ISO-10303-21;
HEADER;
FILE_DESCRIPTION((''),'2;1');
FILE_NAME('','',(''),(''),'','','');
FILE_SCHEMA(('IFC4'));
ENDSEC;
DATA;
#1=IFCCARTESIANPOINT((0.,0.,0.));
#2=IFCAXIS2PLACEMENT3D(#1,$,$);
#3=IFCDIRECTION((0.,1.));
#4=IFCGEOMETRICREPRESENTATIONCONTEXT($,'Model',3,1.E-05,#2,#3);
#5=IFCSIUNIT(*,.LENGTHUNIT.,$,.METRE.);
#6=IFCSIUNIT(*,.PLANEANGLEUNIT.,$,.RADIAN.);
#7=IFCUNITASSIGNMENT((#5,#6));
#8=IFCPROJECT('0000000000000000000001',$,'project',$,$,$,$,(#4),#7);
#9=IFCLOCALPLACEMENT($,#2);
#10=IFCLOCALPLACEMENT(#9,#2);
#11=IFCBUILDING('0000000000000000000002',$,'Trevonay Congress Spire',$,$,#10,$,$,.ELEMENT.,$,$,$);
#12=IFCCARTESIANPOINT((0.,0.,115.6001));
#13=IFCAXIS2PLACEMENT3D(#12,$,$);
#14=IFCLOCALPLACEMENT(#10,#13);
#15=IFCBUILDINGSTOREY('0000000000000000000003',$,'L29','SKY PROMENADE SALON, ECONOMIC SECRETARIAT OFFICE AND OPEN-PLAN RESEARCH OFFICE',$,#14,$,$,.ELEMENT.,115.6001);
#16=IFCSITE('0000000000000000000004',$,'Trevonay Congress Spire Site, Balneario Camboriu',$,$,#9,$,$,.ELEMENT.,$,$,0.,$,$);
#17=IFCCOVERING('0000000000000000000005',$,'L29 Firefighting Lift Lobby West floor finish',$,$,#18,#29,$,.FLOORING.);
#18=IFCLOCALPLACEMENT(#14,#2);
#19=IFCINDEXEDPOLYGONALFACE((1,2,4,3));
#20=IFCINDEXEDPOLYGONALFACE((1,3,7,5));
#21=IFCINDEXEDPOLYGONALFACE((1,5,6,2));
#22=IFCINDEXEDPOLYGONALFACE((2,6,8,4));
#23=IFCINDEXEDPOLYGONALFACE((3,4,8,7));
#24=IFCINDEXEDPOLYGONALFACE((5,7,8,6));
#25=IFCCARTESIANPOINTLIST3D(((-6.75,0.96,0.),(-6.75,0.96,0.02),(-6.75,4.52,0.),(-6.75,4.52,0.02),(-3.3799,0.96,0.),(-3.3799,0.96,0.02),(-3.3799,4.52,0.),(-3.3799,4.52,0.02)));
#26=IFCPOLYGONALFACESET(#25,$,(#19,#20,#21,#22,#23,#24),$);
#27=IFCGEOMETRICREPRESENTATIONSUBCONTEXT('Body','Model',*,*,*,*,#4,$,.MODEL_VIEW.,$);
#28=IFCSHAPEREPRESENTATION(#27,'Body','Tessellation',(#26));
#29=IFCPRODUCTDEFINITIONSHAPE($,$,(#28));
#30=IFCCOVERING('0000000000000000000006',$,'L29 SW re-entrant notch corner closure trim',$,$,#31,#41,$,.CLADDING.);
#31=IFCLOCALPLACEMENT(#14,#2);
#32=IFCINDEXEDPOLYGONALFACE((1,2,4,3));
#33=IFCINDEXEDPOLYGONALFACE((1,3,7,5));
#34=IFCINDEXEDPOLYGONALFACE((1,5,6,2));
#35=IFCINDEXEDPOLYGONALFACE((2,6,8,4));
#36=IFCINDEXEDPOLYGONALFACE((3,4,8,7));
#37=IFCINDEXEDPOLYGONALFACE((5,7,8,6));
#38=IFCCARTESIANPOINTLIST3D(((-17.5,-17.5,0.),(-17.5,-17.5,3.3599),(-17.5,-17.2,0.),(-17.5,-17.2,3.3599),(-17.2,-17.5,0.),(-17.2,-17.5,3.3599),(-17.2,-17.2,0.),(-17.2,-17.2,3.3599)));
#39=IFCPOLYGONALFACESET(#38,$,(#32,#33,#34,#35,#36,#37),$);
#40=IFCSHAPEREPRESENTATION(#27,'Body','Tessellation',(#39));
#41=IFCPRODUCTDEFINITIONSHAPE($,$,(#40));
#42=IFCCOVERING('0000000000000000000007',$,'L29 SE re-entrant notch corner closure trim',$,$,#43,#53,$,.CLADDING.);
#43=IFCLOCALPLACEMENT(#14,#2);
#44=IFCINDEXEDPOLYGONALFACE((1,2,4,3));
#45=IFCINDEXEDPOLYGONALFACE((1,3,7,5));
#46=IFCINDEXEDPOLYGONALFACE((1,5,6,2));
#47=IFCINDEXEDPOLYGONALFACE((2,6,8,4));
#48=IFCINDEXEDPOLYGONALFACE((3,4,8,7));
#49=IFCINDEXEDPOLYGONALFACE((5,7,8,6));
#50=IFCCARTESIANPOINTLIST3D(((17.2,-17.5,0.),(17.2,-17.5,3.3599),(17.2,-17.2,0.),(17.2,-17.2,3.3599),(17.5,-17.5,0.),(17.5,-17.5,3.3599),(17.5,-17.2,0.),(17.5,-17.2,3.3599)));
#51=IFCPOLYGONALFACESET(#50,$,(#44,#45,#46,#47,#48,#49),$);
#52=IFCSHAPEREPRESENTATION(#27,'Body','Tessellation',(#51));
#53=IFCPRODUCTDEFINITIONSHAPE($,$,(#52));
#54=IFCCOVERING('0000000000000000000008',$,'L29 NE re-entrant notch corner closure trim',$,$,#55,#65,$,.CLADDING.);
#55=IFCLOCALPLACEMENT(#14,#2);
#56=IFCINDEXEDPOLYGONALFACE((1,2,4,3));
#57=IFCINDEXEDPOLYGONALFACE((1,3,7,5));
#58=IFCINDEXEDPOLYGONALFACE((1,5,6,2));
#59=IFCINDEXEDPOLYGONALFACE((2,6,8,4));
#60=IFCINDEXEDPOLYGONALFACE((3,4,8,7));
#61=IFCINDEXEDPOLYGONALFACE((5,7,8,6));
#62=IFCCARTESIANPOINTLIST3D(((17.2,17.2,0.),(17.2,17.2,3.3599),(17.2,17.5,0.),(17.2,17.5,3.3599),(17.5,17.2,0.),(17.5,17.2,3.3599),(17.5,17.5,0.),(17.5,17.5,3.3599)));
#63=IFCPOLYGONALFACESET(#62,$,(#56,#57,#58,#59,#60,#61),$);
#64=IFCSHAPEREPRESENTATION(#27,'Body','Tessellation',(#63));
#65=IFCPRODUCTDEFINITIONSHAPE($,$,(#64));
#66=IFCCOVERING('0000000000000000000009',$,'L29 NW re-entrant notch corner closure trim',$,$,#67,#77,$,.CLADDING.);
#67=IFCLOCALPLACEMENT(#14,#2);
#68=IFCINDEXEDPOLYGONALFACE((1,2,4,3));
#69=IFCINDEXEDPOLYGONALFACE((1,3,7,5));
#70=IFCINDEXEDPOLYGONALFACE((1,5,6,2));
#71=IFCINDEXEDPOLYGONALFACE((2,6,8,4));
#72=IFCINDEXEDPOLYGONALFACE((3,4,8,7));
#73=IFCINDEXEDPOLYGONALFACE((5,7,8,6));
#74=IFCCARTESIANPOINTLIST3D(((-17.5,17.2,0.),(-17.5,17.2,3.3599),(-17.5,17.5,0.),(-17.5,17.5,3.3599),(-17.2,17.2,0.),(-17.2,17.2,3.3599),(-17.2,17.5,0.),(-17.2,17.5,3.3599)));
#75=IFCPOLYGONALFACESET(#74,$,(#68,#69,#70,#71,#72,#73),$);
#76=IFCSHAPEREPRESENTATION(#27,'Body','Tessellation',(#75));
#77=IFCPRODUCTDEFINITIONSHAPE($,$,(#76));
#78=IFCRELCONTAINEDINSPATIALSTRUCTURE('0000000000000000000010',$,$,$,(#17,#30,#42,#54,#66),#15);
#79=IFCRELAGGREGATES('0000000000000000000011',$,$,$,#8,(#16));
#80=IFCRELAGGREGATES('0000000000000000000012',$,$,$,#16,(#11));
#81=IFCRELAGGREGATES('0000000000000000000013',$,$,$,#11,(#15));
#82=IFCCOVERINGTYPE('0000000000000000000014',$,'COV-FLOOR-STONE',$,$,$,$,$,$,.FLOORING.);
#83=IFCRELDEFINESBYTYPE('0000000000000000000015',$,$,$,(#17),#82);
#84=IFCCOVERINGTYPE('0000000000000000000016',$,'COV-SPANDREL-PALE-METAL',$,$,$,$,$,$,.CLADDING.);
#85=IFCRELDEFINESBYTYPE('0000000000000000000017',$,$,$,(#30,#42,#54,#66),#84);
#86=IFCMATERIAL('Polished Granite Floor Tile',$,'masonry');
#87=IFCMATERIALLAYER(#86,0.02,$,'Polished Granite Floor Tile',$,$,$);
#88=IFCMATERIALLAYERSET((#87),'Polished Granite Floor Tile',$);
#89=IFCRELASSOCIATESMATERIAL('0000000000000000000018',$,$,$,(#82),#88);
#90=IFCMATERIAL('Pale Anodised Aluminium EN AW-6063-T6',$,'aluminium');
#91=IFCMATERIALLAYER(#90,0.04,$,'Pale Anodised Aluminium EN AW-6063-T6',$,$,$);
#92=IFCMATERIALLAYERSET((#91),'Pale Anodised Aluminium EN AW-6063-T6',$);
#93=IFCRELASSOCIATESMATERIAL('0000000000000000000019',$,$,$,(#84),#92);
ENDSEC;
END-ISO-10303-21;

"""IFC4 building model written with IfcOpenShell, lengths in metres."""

from ifc_helpers import new_model, si_unit, direction, frame, origin, place, context, subcontext, project, spatial, polyline, outline, extrude, material, layer, layer_set, type_object, element, save


model = new_model("IFC4")

# Units and contexts
model_context = context("Model", 3, precision=1e-05, world=origin(), true_north=direction((0.0, 1.0)))
body_context = subcontext(model_context, "Body", "Model", "MODEL_VIEW")
ifc_project = project(units=[si_unit("LENGTHUNIT", "METRE"), si_unit("PLANEANGLEUNIT", "RADIAN")], contexts=[model_context])

# Site, building, storey
site_placement = place(None, origin())
site = spatial("IfcSite", under=ifc_project, at=site_placement, Name="Trevonay Congress Spire Site, Balneario Camboriu", CompositionType="ELEMENT", RefElevation=0.0)
building_placement = place(site_placement, origin())
building = spatial("IfcBuilding", under=site, at=building_placement, Name="Trevonay Congress Spire", CompositionType="ELEMENT")
storey_placement = place(building_placement, frame((0.0, 0.0, 115.6001)))
storey = spatial("IfcBuildingStorey", under=building, at=storey_placement, Name="L29", Description="SKY PROMENADE SALON, ECONOMIC SECRETARIAT OFFICE AND OPEN-PLAN RESEARCH OFFICE", CompositionType="ELEMENT", Elevation=115.6001)

# Shared definitions
ifc_material_1 = material(Name="Pale Anodised Aluminium EN AW-6063-T6", Category="aluminium")

# Coverings
ifc_material_2 = material(Name="Polished Granite Floor Tile", Category="masonry")
ifc_layer_1 = layer(ifc_material_2, 0.02, Name="Polished Granite Floor Tile")
ifc_layer_set_1 = layer_set([ifc_layer_1], Name="Polished Granite Floor Tile")
covering_type_1 = type_object("IfcCoveringType", Name="COV-FLOOR-STONE", PredefinedType="FLOORING", material=ifc_layer_set_1)
covering_1_placement = place(storey_placement, origin())
element("IfcCovering", 1, at=covering_1_placement, inside=storey, type_object=covering_type_1, Name="L29 Firefighting Lift Lobby West floor finish", PredefinedType="FLOORING", context=body_context, shape_type="SweptSolid", body=[
    extrude(outline(polyline([(-6.75, 0.96), (-3.3799, 0.96), (-3.3799, 4.52), (-6.75, 4.52), (-6.75, 0.96)])), origin(), (0.0, 0.0, 1.0), 0.02),
])
ifc_layer_2 = layer(ifc_material_1, 0.04, Name="Pale Anodised Aluminium EN AW-6063-T6")
ifc_layer_set_2 = layer_set([ifc_layer_2], Name="Pale Anodised Aluminium EN AW-6063-T6")
covering_type_2 = type_object("IfcCoveringType", Name="COV-SPANDREL-PALE-METAL", PredefinedType="CLADDING", material=ifc_layer_set_2)
covering_2_placement = place(storey_placement, origin())
element("IfcCovering", 2, at=covering_2_placement, inside=storey, type_object=covering_type_2, Name="L29 SW re-entrant notch corner closure trim", PredefinedType="CLADDING", context=body_context, shape_type="SweptSolid", body=[
    extrude(outline(polyline([(-17.5, -17.5), (-17.2, -17.5), (-17.2, -17.2), (-17.5, -17.2), (-17.5, -17.5)])), origin(), (0.0, 0.0, 1.0), 3.3599),
])
covering_3_placement = place(storey_placement, origin())
element("IfcCovering", 3, at=covering_3_placement, inside=storey, type_object=covering_type_2, Name="L29 SE re-entrant notch corner closure trim", PredefinedType="CLADDING", context=body_context, shape_type="SweptSolid", body=[
    extrude(outline(polyline([(17.2, -17.5), (17.5, -17.5), (17.5, -17.2), (17.2, -17.2), (17.2, -17.5)])), origin(), (0.0, 0.0, 1.0), 3.3599),
])
covering_4_placement = place(storey_placement, origin())
element("IfcCovering", 4, at=covering_4_placement, inside=storey, type_object=covering_type_2, Name="L29 NE re-entrant notch corner closure trim", PredefinedType="CLADDING", context=body_context, shape_type="SweptSolid", body=[
    extrude(outline(polyline([(17.2, 17.2), (17.5, 17.2), (17.5, 17.5), (17.2, 17.5), (17.2, 17.2)])), origin(), (0.0, 0.0, 1.0), 3.3599),
])
covering_5_placement = place(storey_placement, origin())
element("IfcCovering", 5, at=covering_5_placement, inside=storey, type_object=covering_type_2, Name="L29 NW re-entrant notch corner closure trim", PredefinedType="CLADDING", context=body_context, shape_type="SweptSolid", body=[
    extrude(outline(polyline([(-17.5, 17.2), (-17.2, 17.2), (-17.2, 17.5), (-17.5, 17.5), (-17.5, 17.2)])), origin(), (0.0, 0.0, 1.0), 3.3599),
])

save(model, "model.ifc")
